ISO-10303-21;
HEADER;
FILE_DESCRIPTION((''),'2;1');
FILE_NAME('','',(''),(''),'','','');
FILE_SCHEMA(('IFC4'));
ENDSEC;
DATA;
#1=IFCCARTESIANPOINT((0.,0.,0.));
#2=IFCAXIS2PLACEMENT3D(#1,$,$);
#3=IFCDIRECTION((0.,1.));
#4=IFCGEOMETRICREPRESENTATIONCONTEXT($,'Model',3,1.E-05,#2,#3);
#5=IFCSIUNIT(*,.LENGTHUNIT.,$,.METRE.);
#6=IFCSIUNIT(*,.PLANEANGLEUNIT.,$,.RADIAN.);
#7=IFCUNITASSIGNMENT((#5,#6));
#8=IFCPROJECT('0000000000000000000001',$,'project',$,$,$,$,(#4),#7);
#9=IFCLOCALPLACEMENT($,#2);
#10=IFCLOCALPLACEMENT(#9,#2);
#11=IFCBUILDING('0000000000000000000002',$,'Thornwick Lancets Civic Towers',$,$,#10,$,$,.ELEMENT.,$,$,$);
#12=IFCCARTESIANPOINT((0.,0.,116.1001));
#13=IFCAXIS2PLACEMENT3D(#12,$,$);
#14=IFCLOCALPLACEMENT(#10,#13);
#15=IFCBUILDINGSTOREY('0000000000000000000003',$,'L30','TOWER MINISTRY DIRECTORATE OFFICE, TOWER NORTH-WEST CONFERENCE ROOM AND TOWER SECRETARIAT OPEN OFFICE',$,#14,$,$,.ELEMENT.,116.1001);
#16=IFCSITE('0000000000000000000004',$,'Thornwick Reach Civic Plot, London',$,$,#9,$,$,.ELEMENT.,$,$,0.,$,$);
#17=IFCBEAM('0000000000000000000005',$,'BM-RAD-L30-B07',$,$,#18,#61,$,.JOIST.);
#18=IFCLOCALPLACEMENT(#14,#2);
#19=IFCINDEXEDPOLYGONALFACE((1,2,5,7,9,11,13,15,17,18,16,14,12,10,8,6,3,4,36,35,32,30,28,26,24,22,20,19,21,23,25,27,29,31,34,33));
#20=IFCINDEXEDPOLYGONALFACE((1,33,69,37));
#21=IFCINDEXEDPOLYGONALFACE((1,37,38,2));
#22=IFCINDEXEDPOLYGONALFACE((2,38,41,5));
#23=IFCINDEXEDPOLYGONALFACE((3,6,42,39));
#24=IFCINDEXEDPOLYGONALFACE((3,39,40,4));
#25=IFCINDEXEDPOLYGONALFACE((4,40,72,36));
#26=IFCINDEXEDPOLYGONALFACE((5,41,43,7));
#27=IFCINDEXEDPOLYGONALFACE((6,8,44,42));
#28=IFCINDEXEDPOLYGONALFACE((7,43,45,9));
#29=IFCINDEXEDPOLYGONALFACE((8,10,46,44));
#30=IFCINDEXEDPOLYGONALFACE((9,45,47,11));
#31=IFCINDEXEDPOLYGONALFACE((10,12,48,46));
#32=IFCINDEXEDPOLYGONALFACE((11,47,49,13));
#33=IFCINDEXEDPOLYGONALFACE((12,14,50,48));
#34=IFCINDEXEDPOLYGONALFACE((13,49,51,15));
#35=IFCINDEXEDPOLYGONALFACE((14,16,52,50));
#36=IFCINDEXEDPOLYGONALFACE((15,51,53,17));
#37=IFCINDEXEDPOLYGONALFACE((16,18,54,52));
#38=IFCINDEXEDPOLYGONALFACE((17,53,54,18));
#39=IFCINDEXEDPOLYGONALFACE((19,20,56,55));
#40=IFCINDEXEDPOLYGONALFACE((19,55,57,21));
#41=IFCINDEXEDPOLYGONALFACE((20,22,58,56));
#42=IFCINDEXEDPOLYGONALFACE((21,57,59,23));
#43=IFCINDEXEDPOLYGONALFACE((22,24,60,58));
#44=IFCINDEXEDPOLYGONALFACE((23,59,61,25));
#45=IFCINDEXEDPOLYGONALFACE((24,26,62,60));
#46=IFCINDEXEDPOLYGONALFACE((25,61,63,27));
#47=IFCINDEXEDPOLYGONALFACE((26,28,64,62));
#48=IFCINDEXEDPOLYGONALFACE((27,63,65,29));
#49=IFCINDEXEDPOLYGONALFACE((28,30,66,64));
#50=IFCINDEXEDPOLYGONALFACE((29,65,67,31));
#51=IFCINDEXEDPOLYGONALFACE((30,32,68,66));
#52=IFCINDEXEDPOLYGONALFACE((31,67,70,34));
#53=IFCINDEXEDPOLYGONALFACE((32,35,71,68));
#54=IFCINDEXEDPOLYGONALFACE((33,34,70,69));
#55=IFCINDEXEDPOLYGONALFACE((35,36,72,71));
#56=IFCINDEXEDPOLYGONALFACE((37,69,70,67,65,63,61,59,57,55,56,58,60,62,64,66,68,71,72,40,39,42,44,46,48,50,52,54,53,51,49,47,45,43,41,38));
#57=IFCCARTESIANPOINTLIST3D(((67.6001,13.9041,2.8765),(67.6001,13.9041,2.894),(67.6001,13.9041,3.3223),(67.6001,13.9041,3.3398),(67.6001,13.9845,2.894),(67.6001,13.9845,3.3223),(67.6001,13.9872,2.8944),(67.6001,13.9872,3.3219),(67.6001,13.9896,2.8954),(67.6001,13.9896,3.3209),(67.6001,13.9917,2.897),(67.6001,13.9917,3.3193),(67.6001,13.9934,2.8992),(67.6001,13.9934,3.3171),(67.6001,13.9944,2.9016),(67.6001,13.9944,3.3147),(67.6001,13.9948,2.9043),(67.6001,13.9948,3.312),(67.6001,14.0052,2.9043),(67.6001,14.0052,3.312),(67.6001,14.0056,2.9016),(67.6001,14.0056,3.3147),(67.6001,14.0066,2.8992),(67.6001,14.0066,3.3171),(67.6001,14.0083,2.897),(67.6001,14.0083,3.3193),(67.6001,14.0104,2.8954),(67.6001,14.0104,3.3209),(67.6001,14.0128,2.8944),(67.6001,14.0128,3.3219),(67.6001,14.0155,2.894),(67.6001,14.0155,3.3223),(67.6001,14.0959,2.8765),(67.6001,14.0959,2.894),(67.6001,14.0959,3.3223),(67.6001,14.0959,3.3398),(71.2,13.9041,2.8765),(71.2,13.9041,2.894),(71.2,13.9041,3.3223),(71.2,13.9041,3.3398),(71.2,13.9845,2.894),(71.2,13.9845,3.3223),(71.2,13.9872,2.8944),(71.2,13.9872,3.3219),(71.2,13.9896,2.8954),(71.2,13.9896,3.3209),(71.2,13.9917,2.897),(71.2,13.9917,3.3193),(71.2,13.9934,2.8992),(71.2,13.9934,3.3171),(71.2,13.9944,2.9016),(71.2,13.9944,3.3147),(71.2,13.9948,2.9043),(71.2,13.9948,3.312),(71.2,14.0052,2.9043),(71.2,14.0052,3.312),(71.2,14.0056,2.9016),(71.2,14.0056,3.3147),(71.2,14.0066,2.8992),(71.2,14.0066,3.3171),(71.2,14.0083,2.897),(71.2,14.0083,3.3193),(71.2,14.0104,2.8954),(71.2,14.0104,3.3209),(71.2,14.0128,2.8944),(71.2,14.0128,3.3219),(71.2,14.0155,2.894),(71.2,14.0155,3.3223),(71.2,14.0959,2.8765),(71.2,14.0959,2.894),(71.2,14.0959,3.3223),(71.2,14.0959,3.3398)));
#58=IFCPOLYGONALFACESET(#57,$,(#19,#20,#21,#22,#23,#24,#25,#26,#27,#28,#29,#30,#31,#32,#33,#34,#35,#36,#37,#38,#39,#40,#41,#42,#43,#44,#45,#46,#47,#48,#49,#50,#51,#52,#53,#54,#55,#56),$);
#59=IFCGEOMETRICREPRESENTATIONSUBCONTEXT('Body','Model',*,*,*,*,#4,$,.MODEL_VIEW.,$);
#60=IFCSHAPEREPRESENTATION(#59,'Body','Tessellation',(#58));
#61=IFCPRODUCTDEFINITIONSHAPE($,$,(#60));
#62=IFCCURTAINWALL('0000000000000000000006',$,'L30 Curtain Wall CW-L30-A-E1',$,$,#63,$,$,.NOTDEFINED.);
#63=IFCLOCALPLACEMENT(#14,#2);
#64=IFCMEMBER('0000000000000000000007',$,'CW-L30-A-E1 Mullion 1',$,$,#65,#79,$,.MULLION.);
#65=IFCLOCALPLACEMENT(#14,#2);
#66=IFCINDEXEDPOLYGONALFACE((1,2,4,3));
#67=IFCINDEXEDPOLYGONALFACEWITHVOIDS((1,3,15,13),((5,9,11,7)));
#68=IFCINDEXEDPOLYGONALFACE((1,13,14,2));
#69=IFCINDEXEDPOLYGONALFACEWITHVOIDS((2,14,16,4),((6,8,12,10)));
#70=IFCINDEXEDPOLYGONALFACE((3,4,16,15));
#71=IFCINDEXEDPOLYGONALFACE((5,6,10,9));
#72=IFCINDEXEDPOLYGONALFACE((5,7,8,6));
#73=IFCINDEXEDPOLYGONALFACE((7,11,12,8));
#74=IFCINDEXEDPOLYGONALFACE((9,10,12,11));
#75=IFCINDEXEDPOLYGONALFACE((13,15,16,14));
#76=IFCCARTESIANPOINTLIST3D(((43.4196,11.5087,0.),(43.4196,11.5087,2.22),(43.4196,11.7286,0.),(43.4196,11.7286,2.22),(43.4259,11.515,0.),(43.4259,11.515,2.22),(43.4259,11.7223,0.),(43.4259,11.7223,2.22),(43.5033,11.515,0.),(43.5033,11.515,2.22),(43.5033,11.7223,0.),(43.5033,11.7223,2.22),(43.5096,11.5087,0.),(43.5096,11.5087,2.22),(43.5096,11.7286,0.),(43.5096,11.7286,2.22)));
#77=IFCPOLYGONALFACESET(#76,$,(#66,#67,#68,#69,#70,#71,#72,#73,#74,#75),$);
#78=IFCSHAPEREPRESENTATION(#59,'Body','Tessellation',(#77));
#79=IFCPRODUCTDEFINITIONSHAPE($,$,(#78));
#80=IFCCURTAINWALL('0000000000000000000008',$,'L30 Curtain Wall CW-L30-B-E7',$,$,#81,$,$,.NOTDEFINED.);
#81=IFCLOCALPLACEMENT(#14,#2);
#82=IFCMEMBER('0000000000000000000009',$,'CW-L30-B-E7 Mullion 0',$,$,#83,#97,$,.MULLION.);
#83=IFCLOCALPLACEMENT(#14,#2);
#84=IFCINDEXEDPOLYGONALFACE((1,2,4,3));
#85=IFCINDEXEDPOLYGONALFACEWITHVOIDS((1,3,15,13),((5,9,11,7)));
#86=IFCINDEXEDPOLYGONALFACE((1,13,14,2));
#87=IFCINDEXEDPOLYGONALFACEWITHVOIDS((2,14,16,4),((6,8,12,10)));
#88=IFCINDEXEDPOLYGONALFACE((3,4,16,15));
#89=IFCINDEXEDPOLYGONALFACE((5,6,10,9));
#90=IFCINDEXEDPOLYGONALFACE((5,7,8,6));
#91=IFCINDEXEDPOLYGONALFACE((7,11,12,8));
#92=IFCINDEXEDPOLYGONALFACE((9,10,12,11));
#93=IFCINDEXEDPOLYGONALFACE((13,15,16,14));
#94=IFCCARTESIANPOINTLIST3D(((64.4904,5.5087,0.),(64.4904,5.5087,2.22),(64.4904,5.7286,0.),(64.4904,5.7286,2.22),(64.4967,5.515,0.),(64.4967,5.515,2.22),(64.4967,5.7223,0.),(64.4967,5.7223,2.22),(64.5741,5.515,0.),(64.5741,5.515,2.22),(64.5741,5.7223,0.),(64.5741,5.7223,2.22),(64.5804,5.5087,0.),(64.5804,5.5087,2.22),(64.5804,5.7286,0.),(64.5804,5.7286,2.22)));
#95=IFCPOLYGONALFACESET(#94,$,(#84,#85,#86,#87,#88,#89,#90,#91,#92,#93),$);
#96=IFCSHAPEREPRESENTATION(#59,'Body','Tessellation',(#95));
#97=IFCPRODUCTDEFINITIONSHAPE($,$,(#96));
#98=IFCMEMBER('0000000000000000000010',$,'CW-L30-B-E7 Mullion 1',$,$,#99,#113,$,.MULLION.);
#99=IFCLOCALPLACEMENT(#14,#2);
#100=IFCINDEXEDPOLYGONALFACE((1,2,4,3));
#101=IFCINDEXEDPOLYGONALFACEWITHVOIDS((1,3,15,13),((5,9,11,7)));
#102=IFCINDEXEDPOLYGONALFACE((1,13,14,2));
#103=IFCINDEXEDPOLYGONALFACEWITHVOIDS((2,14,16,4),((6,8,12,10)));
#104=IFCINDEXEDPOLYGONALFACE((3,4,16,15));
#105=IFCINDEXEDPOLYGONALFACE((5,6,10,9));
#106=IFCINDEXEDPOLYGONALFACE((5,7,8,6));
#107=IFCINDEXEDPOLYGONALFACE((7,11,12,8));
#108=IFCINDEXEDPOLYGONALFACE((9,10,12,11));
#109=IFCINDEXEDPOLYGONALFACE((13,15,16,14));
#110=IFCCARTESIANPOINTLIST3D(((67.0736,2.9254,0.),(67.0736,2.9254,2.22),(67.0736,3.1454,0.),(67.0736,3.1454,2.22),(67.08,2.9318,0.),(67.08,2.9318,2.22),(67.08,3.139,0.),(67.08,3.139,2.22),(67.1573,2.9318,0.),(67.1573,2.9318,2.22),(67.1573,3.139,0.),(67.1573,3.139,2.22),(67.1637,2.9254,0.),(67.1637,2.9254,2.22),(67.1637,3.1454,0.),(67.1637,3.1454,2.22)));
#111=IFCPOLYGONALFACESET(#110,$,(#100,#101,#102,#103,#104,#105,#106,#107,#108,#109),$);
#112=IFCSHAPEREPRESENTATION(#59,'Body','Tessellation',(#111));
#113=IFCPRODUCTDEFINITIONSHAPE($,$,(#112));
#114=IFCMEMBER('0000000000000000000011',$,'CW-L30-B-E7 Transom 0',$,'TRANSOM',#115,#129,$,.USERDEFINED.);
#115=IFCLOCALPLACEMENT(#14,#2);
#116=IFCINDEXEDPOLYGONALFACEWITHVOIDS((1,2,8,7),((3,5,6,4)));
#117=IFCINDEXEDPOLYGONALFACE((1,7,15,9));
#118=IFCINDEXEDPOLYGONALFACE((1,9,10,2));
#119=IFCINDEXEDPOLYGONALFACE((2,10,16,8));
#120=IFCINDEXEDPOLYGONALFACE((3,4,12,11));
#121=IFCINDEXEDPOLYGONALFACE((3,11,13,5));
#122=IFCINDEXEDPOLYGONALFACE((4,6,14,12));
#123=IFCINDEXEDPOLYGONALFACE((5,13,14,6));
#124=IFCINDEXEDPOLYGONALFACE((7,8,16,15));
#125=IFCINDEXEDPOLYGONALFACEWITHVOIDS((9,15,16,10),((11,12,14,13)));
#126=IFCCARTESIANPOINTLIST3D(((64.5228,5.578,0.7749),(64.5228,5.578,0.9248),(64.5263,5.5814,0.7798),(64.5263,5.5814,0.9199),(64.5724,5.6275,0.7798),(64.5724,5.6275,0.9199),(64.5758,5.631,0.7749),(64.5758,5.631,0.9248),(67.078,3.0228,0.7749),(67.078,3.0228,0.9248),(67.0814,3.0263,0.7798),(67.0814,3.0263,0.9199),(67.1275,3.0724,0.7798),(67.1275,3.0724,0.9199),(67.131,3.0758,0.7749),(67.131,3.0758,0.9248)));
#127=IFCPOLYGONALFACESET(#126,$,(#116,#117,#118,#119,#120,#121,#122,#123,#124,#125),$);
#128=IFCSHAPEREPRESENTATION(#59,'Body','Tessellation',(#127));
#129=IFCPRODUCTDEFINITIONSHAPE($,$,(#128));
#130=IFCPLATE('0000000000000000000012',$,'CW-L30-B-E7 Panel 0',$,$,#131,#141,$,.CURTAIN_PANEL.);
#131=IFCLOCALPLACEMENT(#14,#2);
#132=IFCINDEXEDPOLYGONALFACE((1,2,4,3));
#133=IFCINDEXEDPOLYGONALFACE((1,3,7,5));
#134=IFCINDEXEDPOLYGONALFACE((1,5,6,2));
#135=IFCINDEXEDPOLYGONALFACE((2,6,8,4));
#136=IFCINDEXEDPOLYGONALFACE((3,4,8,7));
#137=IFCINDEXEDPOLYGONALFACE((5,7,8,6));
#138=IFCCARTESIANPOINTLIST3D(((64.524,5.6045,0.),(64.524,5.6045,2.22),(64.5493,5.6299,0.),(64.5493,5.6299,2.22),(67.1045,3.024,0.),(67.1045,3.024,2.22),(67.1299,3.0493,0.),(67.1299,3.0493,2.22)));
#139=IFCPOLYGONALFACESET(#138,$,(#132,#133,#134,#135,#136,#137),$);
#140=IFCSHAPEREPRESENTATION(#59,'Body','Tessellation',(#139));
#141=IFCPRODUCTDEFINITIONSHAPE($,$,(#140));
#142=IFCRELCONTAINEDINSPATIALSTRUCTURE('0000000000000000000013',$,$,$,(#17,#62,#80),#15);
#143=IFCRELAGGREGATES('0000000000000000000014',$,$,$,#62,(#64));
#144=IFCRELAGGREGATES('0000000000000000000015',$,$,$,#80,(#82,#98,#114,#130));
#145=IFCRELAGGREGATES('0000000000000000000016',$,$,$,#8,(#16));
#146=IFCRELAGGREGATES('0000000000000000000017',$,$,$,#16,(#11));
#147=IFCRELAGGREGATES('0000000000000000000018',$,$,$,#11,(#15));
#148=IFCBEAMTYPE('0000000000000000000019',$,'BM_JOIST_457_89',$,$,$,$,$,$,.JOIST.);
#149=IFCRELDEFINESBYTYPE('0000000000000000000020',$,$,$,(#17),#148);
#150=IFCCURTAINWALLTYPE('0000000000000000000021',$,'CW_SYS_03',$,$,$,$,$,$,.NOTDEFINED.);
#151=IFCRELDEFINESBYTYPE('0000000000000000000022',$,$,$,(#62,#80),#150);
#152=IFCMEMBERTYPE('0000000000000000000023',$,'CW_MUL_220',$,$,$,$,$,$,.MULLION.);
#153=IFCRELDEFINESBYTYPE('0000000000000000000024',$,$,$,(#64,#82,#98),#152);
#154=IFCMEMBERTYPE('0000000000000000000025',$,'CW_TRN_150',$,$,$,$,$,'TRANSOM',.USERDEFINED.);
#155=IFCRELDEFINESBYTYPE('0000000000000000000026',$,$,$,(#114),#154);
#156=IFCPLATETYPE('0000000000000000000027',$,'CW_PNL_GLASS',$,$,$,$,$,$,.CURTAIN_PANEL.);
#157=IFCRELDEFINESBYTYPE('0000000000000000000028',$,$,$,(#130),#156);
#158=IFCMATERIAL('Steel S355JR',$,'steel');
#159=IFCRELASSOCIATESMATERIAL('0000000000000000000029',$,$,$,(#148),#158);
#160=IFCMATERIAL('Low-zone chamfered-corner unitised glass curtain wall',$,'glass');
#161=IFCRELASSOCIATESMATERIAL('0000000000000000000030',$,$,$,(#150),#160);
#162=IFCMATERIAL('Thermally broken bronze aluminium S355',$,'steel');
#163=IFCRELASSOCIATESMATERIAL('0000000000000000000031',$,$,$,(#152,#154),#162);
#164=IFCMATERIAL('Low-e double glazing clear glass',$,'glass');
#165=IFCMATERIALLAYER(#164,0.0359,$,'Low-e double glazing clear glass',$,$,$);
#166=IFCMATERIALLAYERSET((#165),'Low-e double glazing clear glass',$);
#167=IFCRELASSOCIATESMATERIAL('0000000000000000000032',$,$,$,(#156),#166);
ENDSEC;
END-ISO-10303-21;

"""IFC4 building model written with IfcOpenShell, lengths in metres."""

from ifc_helpers import new_model, si_unit, direction, frame, origin, origin_2d, place, context, subcontext, project, spatial, rectangle, hollow_rectangle, i_section, extrude, material, layer, layer_set, material_profile, profile_set, type_object, element, aggregate, save


model = new_model("IFC4")

# Units and contexts
model_context = context("Model", 3, precision=1e-05, world=origin(), true_north=direction((0.0, 1.0)))
body_context = subcontext(model_context, "Body", "Model", "MODEL_VIEW")
ifc_project = project(units=[si_unit("LENGTHUNIT", "METRE"), si_unit("PLANEANGLEUNIT", "RADIAN")], contexts=[model_context])

# Site, building, storey
site_placement = place(None, origin())
site = spatial("IfcSite", under=ifc_project, at=site_placement, Name="Thornwick Reach Civic Plot, London", CompositionType="ELEMENT", RefElevation=0.0)
building_placement = place(site_placement, origin())
building = spatial("IfcBuilding", under=site, at=building_placement, Name="Thornwick Lancets Civic Towers", CompositionType="ELEMENT")
storey_placement = place(building_placement, frame((0.0, 0.0, 116.1001)))
storey = spatial("IfcBuildingStorey", under=building, at=storey_placement, Name="L30", Description="TOWER MINISTRY DIRECTORATE OFFICE, TOWER NORTH-WEST CONFERENCE ROOM AND TOWER SECRETARIAT OPEN OFFICE", CompositionType="ELEMENT", Elevation=116.1001)

# Beam
ifc_material_1 = material(Name="Steel S355JR", Category="steel")
ifc_material_profile_1 = material_profile(ifc_material_1, i_section(OverallWidth=0.1919, OverallDepth=0.4634, WebThickness=0.0105, FlangeThickness=0.0176, FilletRadius=0.0103, at=origin_2d()), Name="UKB 457x191x89")
ifc_profile_set_1 = profile_set([ifc_material_profile_1], Name="Steel S355JR")
beam_type_1 = type_object("IfcBeamType", Name="BM_JOIST_457_89", PredefinedType="JOIST", material=ifc_profile_set_1)
beam_1_placement = place(storey_placement, frame((71.2, 14.0, 3.1082), z_axis=(-1.0, 0.0, 0.0), x_axis=(0.0, -1.0, 0.0)))
element("IfcBeam", 1, at=beam_1_placement, inside=storey, type_object=beam_type_1, Name="BM-RAD-L30-B07", PredefinedType="JOIST", context=body_context, shape_type="SweptSolid", body=[
    extrude(i_section(OverallWidth=0.1919, OverallDepth=0.4634, WebThickness=0.0105, FlangeThickness=0.0176, FilletRadius=0.0103, at=origin_2d()), origin(), (0.0, 0.0, 1.0), 3.5999),
])

# Curtain wall, member
ifc_material_2 = material(Name="Low-zone chamfered-corner unitised glass curtain wall", Category="glass")
curtain_wall_type = type_object("IfcCurtainWallType", Name="CW_SYS_03", PredefinedType="NOTDEFINED", material=ifc_material_2)
curtain_wall_1_placement = place(storey_placement, origin())
curtain_wall_1 = element("IfcCurtainWall", 2, at=curtain_wall_1_placement, inside=storey, type_object=curtain_wall_type, Name="L30 Curtain Wall CW-L30-A-E1", PredefinedType="NOTDEFINED")
ifc_material_3 = material(Name="Thermally broken bronze aluminium S355", Category="steel")
ifc_material_profile_2 = material_profile(ifc_material_3, hollow_rectangle(XDim=0.0901, YDim=0.22, WallThickness=0.0063, at=origin_2d()), Name="RHS 220x90x6.3")
ifc_profile_set_2 = profile_set([ifc_material_profile_2], Name="Thermally broken bronze aluminium S355")
member_type_1 = type_object("IfcMemberType", Name="CW_MUL_220", PredefinedType="MULLION", material=ifc_profile_set_2)
member_1_placement = place(storey_placement, frame((43.4646, 11.6187, 0.0), z_axis=(0.0, 0.0, 1.0), x_axis=(1.0, 0.0, 0.0)))
member_1 = element("IfcMember", 3, at=member_1_placement, type_object=member_type_1, Name="CW-L30-A-E1 Mullion 1", PredefinedType="MULLION", context=body_context, shape_type="SweptSolid", body=[
    extrude(hollow_rectangle(XDim=0.0901, YDim=0.22, WallThickness=0.0063, at=origin_2d()), origin(), (0.0, 0.0, 1.0), 2.22),
])
aggregate(curtain_wall_1, [member_1])

# Curtain wall, members, plate
curtain_wall_2_placement = place(storey_placement, origin())
curtain_wall_2 = element("IfcCurtainWall", 4, at=curtain_wall_2_placement, inside=storey, type_object=curtain_wall_type, Name="L30 Curtain Wall CW-L30-B-E7", PredefinedType="NOTDEFINED")
member_2_placement = place(storey_placement, frame((64.5354, 5.6187, 0.0), z_axis=(0.0, 0.0, 1.0), x_axis=(1.0, 0.0, 0.0)))
member_2 = element("IfcMember", 5, at=member_2_placement, type_object=member_type_1, Name="CW-L30-B-E7 Mullion 0", PredefinedType="MULLION", context=body_context, shape_type="SweptSolid", body=[
    extrude(hollow_rectangle(XDim=0.0901, YDim=0.22, WallThickness=0.0063, at=origin_2d()), origin(), (0.0, 0.0, 1.0), 2.22),
])
member_3_placement = place(storey_placement, frame((67.1187, 3.0354, 0.0), z_axis=(0.0, 0.0, 1.0), x_axis=(1.0, 0.0, 0.0)))
member_3 = element("IfcMember", 6, at=member_3_placement, type_object=member_type_1, Name="CW-L30-B-E7 Mullion 1", PredefinedType="MULLION", context=body_context, shape_type="SweptSolid", body=[
    extrude(hollow_rectangle(XDim=0.0901, YDim=0.22, WallThickness=0.0063, at=origin_2d()), origin(), (0.0, 0.0, 1.0), 2.22),
])
ifc_material_profile_3 = material_profile(ifc_material_3, hollow_rectangle(XDim=0.075, YDim=0.1499, WallThickness=0.0049, at=origin_2d()), Name="RHS 150x75x5")
ifc_profile_set_3 = profile_set([ifc_material_profile_3], Name="Thermally broken bronze aluminium S355")
member_type_2 = type_object("IfcMemberType", Name="CW_TRN_150", ElementType="TRANSOM", PredefinedType="USERDEFINED", material=ifc_profile_set_3)
member_4_placement = place(storey_placement, frame((64.5493, 5.6045, 0.8499), z_axis=(0.707107, -0.707107, 0.0), x_axis=(0.707107, 0.707107, 0.0)))
member_4 = element("IfcMember", 7, at=member_4_placement, type_object=member_type_2, Name="CW-L30-B-E7 Transom 0", ObjectType="TRANSOM", PredefinedType="USERDEFINED", context=body_context, shape_type="SweptSolid", body=[
    extrude(hollow_rectangle(XDim=0.075, YDim=0.1499, WallThickness=0.0049, at=origin_2d()), origin(), (0.0, 0.0, 1.0), 3.6135),
])
ifc_material_4 = material(Name="Low-e double glazing clear glass", Category="glass")
ifc_layer_1 = layer(ifc_material_4, 0.0359, Name="Low-e double glazing clear glass")
ifc_layer_set_1 = layer_set([ifc_layer_1], Name="Low-e double glazing clear glass")
plate_type = type_object("IfcPlateType", Name="CW_PNL_GLASS", PredefinedType="CURTAIN_PANEL", material=ifc_layer_set_1)
plate_placement = place(storey_placement, frame((65.8269, 4.3269, 0.0), z_axis=(0.0, 0.0, 1.0), x_axis=(0.707107, -0.707107, 0.0)))
plate = element("IfcPlate", 8, at=plate_placement, type_object=plate_type, Name="CW-L30-B-E7 Panel 0", PredefinedType="CURTAIN_PANEL", context=body_context, shape_type="SweptSolid", body=[
    extrude(rectangle(XDim=3.6494, YDim=0.0359, at=origin_2d()), origin(), (0.0, 0.0, 1.0), 2.22),
])
aggregate(curtain_wall_2, [member_2, member_3, member_4, plate])

save(model, "model.ifc")
